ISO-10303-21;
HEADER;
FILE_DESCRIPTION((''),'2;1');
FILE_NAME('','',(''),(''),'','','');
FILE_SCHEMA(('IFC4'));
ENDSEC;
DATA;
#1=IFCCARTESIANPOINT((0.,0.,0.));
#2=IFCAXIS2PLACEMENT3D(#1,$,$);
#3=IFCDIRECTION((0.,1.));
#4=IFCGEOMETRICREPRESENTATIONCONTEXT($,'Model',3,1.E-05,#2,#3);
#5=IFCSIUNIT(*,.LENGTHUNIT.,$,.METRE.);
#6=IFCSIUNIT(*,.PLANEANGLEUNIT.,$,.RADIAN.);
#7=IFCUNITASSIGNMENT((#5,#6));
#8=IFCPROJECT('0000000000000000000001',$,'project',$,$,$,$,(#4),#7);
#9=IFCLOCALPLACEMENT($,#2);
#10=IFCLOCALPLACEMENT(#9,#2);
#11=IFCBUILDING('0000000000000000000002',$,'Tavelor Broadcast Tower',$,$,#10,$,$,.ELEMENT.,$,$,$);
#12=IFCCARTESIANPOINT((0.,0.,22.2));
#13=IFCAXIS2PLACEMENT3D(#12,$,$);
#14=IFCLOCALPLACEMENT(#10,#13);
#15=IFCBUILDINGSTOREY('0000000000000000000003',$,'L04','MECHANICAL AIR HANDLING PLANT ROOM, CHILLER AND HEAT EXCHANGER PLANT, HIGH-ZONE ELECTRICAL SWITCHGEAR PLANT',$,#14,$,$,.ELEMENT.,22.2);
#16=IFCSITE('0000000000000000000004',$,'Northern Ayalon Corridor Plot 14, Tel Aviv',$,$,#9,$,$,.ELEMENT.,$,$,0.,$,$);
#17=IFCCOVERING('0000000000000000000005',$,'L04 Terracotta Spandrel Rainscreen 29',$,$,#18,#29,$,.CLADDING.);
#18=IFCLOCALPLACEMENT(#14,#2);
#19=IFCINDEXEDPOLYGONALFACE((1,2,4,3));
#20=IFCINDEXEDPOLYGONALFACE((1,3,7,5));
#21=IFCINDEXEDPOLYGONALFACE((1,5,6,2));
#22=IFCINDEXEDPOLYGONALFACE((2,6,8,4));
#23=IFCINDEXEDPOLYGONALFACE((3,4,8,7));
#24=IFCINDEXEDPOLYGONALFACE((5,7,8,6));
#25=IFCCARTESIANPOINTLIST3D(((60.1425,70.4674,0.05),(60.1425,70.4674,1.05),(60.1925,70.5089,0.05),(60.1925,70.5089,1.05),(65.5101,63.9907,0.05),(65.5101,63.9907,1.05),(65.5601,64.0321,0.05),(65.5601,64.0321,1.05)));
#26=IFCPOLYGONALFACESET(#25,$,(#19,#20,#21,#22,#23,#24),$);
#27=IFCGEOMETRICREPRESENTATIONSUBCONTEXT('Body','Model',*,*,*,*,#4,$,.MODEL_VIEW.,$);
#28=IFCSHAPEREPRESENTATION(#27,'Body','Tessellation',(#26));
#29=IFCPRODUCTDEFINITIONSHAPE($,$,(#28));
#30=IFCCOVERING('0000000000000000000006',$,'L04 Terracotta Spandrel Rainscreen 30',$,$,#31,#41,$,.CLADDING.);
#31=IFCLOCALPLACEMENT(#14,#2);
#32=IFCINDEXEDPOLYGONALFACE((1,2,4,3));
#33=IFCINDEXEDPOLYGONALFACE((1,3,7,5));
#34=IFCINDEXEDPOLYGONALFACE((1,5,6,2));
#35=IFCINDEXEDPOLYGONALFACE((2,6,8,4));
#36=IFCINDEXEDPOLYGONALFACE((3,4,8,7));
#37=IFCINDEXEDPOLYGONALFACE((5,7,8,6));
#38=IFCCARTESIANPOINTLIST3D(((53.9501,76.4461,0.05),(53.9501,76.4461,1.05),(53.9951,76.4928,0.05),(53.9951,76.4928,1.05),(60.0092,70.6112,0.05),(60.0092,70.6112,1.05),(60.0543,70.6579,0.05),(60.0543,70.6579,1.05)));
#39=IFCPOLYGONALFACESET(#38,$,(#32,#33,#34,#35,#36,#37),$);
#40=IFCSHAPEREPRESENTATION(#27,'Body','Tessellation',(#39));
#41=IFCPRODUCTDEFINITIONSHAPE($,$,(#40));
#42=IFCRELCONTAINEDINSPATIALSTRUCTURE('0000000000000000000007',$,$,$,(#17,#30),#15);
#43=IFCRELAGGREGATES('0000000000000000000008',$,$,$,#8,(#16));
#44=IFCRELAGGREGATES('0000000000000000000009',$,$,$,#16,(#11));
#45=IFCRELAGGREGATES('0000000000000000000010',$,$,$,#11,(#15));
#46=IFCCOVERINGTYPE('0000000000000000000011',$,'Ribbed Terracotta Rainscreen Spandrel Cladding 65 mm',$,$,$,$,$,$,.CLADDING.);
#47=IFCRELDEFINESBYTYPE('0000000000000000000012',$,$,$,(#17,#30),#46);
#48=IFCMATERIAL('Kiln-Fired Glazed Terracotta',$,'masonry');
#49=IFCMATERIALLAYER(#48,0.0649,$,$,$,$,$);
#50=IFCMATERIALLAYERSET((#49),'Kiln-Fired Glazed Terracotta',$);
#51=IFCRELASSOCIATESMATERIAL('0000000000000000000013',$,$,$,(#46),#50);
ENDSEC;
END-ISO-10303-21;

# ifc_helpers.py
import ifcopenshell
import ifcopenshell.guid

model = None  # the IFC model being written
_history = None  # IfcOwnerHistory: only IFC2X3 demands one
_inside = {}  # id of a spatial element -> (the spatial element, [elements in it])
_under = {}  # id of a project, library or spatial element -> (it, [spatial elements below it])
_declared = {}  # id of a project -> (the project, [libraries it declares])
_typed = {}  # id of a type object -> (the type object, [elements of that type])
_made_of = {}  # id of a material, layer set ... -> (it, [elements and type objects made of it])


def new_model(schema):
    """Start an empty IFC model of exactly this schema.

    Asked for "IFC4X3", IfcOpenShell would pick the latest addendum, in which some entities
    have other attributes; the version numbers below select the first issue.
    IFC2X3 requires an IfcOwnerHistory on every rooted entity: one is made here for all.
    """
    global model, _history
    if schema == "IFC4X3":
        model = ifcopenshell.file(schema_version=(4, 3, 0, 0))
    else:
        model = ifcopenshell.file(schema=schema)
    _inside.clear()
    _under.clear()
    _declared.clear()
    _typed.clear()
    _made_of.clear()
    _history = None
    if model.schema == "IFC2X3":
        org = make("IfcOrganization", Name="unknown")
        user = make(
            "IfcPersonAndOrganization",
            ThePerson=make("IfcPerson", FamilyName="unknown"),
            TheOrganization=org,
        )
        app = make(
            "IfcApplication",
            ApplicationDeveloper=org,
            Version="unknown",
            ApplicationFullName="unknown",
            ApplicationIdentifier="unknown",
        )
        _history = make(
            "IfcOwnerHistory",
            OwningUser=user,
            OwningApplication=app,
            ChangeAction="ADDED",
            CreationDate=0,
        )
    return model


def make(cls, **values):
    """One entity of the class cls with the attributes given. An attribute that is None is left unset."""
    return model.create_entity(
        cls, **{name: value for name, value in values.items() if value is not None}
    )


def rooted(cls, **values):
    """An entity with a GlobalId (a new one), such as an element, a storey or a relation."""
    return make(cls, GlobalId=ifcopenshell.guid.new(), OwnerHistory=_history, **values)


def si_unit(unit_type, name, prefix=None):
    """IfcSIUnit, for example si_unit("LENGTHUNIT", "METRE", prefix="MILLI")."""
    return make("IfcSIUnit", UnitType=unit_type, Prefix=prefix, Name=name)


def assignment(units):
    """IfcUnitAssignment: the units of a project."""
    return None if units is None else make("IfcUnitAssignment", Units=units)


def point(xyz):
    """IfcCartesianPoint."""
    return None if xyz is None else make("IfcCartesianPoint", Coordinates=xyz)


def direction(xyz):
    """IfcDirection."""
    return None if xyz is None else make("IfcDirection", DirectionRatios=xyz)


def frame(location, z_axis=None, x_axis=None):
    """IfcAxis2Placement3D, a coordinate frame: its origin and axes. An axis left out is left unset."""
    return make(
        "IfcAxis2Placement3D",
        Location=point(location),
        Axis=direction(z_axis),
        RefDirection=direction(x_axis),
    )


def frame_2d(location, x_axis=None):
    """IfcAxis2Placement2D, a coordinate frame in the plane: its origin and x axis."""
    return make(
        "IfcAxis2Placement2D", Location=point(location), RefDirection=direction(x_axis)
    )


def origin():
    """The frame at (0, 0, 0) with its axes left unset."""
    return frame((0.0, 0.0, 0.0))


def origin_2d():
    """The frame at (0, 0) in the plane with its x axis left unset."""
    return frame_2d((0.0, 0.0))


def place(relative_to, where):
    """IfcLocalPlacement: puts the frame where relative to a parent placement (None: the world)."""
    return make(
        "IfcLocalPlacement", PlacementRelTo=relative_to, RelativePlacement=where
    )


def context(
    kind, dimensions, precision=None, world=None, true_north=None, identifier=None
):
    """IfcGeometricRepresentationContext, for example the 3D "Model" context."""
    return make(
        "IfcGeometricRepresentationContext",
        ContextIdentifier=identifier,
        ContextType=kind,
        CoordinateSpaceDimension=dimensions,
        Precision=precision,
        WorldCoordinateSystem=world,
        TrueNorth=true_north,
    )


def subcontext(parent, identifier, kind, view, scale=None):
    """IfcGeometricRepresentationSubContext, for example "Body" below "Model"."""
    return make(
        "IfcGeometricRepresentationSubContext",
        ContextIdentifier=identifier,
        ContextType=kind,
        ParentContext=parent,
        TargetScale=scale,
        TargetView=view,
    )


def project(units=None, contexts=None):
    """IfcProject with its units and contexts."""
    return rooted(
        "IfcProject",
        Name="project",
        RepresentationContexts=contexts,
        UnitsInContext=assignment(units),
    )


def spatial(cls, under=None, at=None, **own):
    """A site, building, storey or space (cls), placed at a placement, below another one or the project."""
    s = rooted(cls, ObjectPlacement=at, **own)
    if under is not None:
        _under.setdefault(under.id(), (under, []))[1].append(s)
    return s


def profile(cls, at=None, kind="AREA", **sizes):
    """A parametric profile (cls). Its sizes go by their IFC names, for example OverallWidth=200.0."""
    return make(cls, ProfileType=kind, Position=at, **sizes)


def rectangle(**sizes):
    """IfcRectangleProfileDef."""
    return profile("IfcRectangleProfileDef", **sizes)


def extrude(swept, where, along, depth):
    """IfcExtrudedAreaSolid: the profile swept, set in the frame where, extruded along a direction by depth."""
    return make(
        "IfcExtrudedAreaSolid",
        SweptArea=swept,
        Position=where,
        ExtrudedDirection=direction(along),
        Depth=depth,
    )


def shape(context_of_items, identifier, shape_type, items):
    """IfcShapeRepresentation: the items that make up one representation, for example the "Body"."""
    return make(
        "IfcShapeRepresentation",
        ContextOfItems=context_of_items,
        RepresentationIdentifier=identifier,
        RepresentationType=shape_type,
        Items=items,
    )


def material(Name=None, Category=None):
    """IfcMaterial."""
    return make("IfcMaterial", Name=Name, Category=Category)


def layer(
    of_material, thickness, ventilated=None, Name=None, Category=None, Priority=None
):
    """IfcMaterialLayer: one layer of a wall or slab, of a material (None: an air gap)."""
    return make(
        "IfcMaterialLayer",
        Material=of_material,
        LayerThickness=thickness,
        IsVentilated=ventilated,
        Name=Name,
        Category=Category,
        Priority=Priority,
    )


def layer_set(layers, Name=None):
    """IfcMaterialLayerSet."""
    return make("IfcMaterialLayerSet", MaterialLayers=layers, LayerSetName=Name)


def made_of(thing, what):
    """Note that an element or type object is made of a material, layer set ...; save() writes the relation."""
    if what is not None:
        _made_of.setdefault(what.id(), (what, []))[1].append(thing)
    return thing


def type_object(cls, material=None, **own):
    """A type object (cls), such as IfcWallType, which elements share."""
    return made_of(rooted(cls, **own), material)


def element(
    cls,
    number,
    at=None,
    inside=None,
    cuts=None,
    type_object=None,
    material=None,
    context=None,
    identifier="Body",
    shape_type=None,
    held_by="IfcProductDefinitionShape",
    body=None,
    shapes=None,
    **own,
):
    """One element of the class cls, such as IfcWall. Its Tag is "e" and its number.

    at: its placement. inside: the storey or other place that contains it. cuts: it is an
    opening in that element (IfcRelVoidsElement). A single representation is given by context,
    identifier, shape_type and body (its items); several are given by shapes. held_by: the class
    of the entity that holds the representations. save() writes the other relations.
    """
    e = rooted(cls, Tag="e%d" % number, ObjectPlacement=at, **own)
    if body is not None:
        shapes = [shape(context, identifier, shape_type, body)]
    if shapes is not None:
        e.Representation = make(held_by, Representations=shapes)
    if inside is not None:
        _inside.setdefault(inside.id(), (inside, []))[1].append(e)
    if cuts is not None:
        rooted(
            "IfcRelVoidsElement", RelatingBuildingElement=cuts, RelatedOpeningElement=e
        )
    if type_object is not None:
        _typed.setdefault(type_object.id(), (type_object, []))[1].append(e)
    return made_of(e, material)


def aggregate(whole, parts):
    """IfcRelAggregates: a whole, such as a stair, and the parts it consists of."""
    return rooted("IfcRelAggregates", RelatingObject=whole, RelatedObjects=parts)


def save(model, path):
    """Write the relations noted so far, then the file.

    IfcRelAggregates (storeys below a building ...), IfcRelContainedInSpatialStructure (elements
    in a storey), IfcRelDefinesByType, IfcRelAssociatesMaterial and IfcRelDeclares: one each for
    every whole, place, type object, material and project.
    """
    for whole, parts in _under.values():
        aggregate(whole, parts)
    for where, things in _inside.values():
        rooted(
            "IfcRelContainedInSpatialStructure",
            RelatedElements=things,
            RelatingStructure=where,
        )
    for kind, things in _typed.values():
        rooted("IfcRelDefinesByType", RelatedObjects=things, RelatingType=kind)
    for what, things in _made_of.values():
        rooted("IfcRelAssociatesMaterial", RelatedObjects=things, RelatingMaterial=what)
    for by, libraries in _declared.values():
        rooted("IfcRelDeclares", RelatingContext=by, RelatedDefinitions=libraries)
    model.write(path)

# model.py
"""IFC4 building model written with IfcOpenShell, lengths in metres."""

from ifc_helpers import new_model, si_unit, direction, frame, origin, origin_2d, place, context, subcontext, project, spatial, rectangle, extrude, material, layer, layer_set, type_object, element, save


model = new_model("IFC4")

# Units and contexts
model_context = context("Model", 3, precision=1e-05, world=origin(), true_north=direction((0.0, 1.0)))
body_context = subcontext(model_context, "Body", "Model", "MODEL_VIEW")
ifc_project = project(units=[si_unit("LENGTHUNIT", "METRE"), si_unit("PLANEANGLEUNIT", "RADIAN")], contexts=[model_context])

# Site, building, storey
site_placement = place(None, origin())
site = spatial("IfcSite", under=ifc_project, at=site_placement, Name="Northern Ayalon Corridor Plot 14, Tel Aviv", CompositionType="ELEMENT", RefElevation=0.0)
building_placement = place(site_placement, origin())
building = spatial("IfcBuilding", under=site, at=building_placement, Name="Tavelor Broadcast Tower", CompositionType="ELEMENT")
storey_placement = place(building_placement, frame((0.0, 0.0, 22.2)))
storey = spatial("IfcBuildingStorey", under=building, at=storey_placement, Name="L04", Description="MECHANICAL AIR HANDLING PLANT ROOM, CHILLER AND HEAT EXCHANGER PLANT, HIGH-ZONE ELECTRICAL SWITCHGEAR PLANT", CompositionType="ELEMENT", Elevation=22.2)

# Coverings
ifc_material_1 = material(Name="Kiln-Fired Glazed Terracotta", Category="masonry")
ifc_layer_1 = layer(ifc_material_1, 0.0649)
ifc_layer_set_1 = layer_set([ifc_layer_1], Name="Kiln-Fired Glazed Terracotta")
covering_type = type_object("IfcCoveringType", Name="Ribbed Terracotta Rainscreen Spandrel Cladding 65 mm", PredefinedType="CLADDING", material=ifc_layer_set_1)
for number, where, z_axis, x_axis, name in (
    (1, (62.8513, 67.2498, 0.05), (0.0, 0.0, 1.0), (-0.638096, 0.769957, 0.0), "L04 Terracotta Spandrel Rainscreen 29"),
    (2, (57.0022, 73.552, 0.05), (0.0, 0.0, 1.0), (-0.720309, 0.693653, 0.0), "L04 Terracotta Spandrel Rainscreen 30"),
):
    element("IfcCovering", number, at=place(storey_placement, frame(where, z_axis=z_axis, x_axis=x_axis)), inside=storey, type_object=covering_type, Name=name, PredefinedType="CLADDING", context=body_context, shape_type="SweptSolid", body=[
        extrude(rectangle(XDim=8.4119, YDim=0.0649, at=origin_2d()), origin(), (0.0, 0.0, 1.0), 1.0),
    ])

save(model, "model.ifc")
